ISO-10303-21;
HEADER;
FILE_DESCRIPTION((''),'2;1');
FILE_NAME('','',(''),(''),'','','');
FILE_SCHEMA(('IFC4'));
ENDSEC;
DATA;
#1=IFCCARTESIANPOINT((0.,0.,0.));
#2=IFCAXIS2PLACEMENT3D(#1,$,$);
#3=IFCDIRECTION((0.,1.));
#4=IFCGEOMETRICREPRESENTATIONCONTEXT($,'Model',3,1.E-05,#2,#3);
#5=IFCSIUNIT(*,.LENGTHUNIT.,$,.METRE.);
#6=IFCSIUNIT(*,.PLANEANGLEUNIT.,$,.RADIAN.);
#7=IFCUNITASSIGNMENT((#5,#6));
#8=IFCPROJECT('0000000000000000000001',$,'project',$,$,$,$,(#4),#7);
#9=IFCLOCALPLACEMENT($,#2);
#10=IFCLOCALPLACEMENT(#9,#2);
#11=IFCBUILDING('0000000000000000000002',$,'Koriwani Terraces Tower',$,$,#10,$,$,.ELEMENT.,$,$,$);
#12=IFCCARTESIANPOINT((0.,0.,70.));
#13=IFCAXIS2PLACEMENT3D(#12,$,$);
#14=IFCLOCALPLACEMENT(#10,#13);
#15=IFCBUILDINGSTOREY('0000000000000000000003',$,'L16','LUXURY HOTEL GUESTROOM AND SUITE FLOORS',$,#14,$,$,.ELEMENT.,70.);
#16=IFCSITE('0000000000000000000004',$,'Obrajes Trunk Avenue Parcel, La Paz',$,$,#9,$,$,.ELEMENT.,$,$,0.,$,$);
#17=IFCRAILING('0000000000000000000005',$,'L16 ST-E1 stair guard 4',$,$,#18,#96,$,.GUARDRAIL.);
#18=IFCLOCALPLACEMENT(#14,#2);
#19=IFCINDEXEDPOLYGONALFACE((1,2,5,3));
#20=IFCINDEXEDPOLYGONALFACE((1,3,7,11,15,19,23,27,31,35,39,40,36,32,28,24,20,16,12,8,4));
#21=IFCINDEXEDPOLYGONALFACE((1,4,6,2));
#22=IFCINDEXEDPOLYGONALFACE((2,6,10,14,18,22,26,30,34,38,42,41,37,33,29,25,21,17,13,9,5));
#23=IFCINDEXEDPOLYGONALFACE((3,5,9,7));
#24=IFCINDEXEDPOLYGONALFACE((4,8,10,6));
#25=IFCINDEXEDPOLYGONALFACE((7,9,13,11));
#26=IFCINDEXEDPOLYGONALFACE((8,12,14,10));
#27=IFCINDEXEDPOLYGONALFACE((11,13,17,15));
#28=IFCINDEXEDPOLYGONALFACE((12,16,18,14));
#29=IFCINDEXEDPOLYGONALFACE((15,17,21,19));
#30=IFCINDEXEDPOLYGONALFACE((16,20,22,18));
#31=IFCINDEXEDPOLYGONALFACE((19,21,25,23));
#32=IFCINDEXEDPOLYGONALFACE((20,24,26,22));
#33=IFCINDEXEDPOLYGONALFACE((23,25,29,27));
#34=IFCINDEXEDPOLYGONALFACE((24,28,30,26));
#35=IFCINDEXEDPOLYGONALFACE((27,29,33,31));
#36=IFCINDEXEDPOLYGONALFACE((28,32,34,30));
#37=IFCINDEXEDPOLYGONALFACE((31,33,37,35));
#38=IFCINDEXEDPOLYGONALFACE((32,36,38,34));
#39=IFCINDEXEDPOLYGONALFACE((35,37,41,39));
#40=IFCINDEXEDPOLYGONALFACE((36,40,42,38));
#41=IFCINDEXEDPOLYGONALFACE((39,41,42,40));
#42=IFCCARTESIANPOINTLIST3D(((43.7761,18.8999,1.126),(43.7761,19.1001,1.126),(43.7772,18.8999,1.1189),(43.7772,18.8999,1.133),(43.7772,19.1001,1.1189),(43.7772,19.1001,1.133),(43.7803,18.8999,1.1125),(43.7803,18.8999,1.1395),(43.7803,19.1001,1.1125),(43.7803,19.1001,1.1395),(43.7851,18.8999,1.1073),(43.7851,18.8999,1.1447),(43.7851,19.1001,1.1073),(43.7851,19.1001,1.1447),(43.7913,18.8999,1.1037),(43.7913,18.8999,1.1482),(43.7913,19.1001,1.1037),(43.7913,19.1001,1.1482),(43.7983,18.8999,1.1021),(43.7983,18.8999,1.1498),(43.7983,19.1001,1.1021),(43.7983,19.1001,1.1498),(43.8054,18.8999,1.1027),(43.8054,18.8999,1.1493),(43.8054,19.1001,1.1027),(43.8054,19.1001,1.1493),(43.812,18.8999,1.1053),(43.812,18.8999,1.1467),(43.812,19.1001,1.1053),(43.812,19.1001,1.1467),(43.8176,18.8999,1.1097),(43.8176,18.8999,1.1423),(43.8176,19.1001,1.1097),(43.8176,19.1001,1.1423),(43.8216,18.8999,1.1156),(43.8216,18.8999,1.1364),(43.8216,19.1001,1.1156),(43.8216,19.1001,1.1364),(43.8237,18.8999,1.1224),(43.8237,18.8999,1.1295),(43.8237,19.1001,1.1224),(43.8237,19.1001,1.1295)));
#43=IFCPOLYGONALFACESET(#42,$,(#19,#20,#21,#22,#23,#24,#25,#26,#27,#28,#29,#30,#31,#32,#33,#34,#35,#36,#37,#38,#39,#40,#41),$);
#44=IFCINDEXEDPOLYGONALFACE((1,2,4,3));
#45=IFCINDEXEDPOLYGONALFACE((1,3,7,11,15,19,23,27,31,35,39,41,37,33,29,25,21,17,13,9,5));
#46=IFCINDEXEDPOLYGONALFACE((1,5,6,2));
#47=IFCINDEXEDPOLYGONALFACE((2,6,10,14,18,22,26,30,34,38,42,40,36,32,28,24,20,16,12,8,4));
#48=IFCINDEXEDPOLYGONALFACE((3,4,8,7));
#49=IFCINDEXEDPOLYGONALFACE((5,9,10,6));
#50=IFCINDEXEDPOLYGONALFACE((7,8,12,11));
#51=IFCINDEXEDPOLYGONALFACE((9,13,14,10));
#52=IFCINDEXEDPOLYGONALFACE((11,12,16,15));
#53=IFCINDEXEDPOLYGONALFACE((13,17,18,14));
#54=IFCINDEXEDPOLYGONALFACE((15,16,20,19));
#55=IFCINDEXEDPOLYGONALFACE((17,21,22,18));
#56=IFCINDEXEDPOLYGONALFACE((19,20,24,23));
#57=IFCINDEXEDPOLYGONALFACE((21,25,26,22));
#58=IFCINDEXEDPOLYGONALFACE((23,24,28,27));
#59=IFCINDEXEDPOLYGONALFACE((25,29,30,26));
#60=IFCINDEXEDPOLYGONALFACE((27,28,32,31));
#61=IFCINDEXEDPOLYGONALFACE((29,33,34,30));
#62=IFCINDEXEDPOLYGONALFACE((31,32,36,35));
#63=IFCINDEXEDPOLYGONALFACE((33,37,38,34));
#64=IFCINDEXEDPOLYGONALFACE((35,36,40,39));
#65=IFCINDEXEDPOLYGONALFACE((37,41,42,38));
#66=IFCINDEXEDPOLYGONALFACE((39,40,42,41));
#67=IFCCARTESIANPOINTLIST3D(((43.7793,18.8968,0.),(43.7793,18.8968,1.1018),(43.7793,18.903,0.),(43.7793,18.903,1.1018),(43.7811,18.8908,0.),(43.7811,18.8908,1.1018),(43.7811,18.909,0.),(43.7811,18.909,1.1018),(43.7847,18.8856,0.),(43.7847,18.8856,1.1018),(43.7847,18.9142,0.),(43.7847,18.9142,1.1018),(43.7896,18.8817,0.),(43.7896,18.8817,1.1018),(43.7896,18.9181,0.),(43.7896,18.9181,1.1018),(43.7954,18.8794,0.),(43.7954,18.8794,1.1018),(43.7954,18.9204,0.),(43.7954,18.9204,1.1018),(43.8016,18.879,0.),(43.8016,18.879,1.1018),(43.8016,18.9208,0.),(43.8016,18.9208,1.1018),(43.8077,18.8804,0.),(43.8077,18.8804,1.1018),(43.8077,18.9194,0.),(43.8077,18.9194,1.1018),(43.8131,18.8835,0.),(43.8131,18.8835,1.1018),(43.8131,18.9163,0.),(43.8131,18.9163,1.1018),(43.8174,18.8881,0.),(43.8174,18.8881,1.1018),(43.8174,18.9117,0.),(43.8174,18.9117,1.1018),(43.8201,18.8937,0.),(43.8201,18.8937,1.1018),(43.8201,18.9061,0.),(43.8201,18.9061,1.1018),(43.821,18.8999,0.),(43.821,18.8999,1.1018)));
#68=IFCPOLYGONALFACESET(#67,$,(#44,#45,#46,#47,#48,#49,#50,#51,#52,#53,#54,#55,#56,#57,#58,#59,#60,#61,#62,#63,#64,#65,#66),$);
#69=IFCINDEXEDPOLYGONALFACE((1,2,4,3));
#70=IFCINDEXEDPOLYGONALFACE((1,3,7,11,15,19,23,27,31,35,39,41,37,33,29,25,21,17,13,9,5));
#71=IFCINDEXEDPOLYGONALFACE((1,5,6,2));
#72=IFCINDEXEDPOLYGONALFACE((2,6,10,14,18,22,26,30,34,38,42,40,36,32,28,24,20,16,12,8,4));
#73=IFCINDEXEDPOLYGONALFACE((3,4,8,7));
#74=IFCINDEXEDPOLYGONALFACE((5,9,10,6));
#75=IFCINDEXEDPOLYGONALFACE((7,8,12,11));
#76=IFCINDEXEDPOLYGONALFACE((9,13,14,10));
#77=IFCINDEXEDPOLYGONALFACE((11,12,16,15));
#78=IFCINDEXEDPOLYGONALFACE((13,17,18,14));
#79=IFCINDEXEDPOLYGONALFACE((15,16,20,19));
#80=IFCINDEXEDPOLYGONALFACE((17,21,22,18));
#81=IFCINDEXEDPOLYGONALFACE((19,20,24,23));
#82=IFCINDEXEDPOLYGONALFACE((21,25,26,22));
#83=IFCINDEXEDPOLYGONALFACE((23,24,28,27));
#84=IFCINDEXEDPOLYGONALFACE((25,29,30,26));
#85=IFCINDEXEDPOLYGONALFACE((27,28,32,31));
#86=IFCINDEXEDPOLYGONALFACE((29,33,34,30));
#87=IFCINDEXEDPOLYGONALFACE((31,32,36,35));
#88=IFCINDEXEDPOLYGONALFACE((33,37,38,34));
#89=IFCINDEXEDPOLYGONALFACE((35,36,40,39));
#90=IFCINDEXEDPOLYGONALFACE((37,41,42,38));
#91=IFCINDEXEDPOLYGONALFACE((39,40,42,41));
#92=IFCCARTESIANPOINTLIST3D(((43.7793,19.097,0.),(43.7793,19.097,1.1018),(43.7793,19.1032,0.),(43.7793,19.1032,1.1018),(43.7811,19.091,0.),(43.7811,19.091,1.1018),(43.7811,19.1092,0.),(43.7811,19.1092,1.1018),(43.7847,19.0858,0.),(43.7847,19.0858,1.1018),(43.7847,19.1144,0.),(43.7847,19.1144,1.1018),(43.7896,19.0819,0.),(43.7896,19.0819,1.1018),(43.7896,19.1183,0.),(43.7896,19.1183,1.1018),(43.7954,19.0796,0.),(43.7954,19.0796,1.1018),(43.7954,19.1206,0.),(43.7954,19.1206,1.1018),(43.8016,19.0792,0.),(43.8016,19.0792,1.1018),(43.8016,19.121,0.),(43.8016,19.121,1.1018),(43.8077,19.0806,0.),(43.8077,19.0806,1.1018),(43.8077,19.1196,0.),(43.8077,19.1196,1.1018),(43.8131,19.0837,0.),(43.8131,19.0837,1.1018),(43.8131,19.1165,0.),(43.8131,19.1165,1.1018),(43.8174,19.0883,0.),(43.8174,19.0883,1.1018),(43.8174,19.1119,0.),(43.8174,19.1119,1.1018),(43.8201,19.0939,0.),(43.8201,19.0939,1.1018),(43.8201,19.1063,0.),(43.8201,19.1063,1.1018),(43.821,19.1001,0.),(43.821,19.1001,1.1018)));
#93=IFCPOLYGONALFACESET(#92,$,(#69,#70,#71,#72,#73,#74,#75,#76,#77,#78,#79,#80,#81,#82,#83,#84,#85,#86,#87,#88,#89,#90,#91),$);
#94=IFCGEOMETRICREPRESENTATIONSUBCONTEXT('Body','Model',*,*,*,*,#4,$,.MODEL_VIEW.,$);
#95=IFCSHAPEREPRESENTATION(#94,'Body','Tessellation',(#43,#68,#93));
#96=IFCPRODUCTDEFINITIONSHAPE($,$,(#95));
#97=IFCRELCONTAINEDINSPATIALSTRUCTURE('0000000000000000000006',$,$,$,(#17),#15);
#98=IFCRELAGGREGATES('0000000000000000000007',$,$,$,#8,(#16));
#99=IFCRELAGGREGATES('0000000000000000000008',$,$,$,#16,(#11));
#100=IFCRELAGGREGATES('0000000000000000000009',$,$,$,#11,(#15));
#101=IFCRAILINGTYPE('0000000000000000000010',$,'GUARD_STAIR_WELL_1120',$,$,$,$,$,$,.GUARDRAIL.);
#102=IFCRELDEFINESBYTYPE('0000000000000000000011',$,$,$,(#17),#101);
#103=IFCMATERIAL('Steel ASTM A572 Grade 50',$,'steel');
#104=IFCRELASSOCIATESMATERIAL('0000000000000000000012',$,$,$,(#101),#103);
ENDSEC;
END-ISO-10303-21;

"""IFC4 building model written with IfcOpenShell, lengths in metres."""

from ifc_helpers import new_model, si_unit, direction, frame, origin, origin_2d, place, context, subcontext, project, spatial, circle, extrude, material, type_object, element, save


model = new_model("IFC4")

# Units and contexts
model_context = context("Model", 3, precision=1e-05, world=origin(), true_north=direction((0.0, 1.0)))
body_context = subcontext(model_context, "Body", "Model", "MODEL_VIEW")
ifc_project = project(units=[si_unit("LENGTHUNIT", "METRE"), si_unit("PLANEANGLEUNIT", "RADIAN")], contexts=[model_context])

# Site, building, storey
site_placement = place(None, origin())
site = spatial("IfcSite", under=ifc_project, at=site_placement, Name="Obrajes Trunk Avenue Parcel, La Paz", CompositionType="ELEMENT", RefElevation=0.0)
building_placement = place(site_placement, origin())
building = spatial("IfcBuilding", under=site, at=building_placement, Name="Koriwani Terraces Tower", CompositionType="ELEMENT")
storey_placement = place(building_placement, frame((0.0, 0.0, 70.0)))
storey = spatial("IfcBuildingStorey", under=building, at=storey_placement, Name="L16", Description="LUXURY HOTEL GUESTROOM AND SUITE FLOORS", CompositionType="ELEMENT", Elevation=70.0)

# Shared definitions
ifc_material_1 = material(Name="Steel ASTM A572 Grade 50", Category="steel")

# Railing
railing_type = type_object("IfcRailingType", Name="GUARD_STAIR_WELL_1120", PredefinedType="GUARDRAIL", material=ifc_material_1)
railing_1_placement = place(storey_placement, frame((43.8, 18.8999, 0.0)))
element("IfcRailing", 1, at=railing_1_placement, inside=storey, type_object=railing_type, Name="L16 ST-E1 stair guard 4", PredefinedType="GUARDRAIL", context=body_context, shape_type="SweptSolid", body=[
    extrude(circle(Radius=0.0239, at=origin_2d()), frame((0.0, 0.0, 1.126), z_axis=(0.0, 1.0, 0.0), x_axis=(-1.0, 0.0, 0.0)), (0.0, 0.0, 1.0), 0.2002),
    extrude(circle(Radius=0.021, at=origin_2d()), origin(), (0.0, 0.0, 1.0), 1.1018),
    extrude(circle(Radius=0.021, at=origin_2d()), frame((0.0, 0.2002, 0.0)), (0.0, 0.0, 1.0), 1.1018),
])

save(model, "model.ifc")
